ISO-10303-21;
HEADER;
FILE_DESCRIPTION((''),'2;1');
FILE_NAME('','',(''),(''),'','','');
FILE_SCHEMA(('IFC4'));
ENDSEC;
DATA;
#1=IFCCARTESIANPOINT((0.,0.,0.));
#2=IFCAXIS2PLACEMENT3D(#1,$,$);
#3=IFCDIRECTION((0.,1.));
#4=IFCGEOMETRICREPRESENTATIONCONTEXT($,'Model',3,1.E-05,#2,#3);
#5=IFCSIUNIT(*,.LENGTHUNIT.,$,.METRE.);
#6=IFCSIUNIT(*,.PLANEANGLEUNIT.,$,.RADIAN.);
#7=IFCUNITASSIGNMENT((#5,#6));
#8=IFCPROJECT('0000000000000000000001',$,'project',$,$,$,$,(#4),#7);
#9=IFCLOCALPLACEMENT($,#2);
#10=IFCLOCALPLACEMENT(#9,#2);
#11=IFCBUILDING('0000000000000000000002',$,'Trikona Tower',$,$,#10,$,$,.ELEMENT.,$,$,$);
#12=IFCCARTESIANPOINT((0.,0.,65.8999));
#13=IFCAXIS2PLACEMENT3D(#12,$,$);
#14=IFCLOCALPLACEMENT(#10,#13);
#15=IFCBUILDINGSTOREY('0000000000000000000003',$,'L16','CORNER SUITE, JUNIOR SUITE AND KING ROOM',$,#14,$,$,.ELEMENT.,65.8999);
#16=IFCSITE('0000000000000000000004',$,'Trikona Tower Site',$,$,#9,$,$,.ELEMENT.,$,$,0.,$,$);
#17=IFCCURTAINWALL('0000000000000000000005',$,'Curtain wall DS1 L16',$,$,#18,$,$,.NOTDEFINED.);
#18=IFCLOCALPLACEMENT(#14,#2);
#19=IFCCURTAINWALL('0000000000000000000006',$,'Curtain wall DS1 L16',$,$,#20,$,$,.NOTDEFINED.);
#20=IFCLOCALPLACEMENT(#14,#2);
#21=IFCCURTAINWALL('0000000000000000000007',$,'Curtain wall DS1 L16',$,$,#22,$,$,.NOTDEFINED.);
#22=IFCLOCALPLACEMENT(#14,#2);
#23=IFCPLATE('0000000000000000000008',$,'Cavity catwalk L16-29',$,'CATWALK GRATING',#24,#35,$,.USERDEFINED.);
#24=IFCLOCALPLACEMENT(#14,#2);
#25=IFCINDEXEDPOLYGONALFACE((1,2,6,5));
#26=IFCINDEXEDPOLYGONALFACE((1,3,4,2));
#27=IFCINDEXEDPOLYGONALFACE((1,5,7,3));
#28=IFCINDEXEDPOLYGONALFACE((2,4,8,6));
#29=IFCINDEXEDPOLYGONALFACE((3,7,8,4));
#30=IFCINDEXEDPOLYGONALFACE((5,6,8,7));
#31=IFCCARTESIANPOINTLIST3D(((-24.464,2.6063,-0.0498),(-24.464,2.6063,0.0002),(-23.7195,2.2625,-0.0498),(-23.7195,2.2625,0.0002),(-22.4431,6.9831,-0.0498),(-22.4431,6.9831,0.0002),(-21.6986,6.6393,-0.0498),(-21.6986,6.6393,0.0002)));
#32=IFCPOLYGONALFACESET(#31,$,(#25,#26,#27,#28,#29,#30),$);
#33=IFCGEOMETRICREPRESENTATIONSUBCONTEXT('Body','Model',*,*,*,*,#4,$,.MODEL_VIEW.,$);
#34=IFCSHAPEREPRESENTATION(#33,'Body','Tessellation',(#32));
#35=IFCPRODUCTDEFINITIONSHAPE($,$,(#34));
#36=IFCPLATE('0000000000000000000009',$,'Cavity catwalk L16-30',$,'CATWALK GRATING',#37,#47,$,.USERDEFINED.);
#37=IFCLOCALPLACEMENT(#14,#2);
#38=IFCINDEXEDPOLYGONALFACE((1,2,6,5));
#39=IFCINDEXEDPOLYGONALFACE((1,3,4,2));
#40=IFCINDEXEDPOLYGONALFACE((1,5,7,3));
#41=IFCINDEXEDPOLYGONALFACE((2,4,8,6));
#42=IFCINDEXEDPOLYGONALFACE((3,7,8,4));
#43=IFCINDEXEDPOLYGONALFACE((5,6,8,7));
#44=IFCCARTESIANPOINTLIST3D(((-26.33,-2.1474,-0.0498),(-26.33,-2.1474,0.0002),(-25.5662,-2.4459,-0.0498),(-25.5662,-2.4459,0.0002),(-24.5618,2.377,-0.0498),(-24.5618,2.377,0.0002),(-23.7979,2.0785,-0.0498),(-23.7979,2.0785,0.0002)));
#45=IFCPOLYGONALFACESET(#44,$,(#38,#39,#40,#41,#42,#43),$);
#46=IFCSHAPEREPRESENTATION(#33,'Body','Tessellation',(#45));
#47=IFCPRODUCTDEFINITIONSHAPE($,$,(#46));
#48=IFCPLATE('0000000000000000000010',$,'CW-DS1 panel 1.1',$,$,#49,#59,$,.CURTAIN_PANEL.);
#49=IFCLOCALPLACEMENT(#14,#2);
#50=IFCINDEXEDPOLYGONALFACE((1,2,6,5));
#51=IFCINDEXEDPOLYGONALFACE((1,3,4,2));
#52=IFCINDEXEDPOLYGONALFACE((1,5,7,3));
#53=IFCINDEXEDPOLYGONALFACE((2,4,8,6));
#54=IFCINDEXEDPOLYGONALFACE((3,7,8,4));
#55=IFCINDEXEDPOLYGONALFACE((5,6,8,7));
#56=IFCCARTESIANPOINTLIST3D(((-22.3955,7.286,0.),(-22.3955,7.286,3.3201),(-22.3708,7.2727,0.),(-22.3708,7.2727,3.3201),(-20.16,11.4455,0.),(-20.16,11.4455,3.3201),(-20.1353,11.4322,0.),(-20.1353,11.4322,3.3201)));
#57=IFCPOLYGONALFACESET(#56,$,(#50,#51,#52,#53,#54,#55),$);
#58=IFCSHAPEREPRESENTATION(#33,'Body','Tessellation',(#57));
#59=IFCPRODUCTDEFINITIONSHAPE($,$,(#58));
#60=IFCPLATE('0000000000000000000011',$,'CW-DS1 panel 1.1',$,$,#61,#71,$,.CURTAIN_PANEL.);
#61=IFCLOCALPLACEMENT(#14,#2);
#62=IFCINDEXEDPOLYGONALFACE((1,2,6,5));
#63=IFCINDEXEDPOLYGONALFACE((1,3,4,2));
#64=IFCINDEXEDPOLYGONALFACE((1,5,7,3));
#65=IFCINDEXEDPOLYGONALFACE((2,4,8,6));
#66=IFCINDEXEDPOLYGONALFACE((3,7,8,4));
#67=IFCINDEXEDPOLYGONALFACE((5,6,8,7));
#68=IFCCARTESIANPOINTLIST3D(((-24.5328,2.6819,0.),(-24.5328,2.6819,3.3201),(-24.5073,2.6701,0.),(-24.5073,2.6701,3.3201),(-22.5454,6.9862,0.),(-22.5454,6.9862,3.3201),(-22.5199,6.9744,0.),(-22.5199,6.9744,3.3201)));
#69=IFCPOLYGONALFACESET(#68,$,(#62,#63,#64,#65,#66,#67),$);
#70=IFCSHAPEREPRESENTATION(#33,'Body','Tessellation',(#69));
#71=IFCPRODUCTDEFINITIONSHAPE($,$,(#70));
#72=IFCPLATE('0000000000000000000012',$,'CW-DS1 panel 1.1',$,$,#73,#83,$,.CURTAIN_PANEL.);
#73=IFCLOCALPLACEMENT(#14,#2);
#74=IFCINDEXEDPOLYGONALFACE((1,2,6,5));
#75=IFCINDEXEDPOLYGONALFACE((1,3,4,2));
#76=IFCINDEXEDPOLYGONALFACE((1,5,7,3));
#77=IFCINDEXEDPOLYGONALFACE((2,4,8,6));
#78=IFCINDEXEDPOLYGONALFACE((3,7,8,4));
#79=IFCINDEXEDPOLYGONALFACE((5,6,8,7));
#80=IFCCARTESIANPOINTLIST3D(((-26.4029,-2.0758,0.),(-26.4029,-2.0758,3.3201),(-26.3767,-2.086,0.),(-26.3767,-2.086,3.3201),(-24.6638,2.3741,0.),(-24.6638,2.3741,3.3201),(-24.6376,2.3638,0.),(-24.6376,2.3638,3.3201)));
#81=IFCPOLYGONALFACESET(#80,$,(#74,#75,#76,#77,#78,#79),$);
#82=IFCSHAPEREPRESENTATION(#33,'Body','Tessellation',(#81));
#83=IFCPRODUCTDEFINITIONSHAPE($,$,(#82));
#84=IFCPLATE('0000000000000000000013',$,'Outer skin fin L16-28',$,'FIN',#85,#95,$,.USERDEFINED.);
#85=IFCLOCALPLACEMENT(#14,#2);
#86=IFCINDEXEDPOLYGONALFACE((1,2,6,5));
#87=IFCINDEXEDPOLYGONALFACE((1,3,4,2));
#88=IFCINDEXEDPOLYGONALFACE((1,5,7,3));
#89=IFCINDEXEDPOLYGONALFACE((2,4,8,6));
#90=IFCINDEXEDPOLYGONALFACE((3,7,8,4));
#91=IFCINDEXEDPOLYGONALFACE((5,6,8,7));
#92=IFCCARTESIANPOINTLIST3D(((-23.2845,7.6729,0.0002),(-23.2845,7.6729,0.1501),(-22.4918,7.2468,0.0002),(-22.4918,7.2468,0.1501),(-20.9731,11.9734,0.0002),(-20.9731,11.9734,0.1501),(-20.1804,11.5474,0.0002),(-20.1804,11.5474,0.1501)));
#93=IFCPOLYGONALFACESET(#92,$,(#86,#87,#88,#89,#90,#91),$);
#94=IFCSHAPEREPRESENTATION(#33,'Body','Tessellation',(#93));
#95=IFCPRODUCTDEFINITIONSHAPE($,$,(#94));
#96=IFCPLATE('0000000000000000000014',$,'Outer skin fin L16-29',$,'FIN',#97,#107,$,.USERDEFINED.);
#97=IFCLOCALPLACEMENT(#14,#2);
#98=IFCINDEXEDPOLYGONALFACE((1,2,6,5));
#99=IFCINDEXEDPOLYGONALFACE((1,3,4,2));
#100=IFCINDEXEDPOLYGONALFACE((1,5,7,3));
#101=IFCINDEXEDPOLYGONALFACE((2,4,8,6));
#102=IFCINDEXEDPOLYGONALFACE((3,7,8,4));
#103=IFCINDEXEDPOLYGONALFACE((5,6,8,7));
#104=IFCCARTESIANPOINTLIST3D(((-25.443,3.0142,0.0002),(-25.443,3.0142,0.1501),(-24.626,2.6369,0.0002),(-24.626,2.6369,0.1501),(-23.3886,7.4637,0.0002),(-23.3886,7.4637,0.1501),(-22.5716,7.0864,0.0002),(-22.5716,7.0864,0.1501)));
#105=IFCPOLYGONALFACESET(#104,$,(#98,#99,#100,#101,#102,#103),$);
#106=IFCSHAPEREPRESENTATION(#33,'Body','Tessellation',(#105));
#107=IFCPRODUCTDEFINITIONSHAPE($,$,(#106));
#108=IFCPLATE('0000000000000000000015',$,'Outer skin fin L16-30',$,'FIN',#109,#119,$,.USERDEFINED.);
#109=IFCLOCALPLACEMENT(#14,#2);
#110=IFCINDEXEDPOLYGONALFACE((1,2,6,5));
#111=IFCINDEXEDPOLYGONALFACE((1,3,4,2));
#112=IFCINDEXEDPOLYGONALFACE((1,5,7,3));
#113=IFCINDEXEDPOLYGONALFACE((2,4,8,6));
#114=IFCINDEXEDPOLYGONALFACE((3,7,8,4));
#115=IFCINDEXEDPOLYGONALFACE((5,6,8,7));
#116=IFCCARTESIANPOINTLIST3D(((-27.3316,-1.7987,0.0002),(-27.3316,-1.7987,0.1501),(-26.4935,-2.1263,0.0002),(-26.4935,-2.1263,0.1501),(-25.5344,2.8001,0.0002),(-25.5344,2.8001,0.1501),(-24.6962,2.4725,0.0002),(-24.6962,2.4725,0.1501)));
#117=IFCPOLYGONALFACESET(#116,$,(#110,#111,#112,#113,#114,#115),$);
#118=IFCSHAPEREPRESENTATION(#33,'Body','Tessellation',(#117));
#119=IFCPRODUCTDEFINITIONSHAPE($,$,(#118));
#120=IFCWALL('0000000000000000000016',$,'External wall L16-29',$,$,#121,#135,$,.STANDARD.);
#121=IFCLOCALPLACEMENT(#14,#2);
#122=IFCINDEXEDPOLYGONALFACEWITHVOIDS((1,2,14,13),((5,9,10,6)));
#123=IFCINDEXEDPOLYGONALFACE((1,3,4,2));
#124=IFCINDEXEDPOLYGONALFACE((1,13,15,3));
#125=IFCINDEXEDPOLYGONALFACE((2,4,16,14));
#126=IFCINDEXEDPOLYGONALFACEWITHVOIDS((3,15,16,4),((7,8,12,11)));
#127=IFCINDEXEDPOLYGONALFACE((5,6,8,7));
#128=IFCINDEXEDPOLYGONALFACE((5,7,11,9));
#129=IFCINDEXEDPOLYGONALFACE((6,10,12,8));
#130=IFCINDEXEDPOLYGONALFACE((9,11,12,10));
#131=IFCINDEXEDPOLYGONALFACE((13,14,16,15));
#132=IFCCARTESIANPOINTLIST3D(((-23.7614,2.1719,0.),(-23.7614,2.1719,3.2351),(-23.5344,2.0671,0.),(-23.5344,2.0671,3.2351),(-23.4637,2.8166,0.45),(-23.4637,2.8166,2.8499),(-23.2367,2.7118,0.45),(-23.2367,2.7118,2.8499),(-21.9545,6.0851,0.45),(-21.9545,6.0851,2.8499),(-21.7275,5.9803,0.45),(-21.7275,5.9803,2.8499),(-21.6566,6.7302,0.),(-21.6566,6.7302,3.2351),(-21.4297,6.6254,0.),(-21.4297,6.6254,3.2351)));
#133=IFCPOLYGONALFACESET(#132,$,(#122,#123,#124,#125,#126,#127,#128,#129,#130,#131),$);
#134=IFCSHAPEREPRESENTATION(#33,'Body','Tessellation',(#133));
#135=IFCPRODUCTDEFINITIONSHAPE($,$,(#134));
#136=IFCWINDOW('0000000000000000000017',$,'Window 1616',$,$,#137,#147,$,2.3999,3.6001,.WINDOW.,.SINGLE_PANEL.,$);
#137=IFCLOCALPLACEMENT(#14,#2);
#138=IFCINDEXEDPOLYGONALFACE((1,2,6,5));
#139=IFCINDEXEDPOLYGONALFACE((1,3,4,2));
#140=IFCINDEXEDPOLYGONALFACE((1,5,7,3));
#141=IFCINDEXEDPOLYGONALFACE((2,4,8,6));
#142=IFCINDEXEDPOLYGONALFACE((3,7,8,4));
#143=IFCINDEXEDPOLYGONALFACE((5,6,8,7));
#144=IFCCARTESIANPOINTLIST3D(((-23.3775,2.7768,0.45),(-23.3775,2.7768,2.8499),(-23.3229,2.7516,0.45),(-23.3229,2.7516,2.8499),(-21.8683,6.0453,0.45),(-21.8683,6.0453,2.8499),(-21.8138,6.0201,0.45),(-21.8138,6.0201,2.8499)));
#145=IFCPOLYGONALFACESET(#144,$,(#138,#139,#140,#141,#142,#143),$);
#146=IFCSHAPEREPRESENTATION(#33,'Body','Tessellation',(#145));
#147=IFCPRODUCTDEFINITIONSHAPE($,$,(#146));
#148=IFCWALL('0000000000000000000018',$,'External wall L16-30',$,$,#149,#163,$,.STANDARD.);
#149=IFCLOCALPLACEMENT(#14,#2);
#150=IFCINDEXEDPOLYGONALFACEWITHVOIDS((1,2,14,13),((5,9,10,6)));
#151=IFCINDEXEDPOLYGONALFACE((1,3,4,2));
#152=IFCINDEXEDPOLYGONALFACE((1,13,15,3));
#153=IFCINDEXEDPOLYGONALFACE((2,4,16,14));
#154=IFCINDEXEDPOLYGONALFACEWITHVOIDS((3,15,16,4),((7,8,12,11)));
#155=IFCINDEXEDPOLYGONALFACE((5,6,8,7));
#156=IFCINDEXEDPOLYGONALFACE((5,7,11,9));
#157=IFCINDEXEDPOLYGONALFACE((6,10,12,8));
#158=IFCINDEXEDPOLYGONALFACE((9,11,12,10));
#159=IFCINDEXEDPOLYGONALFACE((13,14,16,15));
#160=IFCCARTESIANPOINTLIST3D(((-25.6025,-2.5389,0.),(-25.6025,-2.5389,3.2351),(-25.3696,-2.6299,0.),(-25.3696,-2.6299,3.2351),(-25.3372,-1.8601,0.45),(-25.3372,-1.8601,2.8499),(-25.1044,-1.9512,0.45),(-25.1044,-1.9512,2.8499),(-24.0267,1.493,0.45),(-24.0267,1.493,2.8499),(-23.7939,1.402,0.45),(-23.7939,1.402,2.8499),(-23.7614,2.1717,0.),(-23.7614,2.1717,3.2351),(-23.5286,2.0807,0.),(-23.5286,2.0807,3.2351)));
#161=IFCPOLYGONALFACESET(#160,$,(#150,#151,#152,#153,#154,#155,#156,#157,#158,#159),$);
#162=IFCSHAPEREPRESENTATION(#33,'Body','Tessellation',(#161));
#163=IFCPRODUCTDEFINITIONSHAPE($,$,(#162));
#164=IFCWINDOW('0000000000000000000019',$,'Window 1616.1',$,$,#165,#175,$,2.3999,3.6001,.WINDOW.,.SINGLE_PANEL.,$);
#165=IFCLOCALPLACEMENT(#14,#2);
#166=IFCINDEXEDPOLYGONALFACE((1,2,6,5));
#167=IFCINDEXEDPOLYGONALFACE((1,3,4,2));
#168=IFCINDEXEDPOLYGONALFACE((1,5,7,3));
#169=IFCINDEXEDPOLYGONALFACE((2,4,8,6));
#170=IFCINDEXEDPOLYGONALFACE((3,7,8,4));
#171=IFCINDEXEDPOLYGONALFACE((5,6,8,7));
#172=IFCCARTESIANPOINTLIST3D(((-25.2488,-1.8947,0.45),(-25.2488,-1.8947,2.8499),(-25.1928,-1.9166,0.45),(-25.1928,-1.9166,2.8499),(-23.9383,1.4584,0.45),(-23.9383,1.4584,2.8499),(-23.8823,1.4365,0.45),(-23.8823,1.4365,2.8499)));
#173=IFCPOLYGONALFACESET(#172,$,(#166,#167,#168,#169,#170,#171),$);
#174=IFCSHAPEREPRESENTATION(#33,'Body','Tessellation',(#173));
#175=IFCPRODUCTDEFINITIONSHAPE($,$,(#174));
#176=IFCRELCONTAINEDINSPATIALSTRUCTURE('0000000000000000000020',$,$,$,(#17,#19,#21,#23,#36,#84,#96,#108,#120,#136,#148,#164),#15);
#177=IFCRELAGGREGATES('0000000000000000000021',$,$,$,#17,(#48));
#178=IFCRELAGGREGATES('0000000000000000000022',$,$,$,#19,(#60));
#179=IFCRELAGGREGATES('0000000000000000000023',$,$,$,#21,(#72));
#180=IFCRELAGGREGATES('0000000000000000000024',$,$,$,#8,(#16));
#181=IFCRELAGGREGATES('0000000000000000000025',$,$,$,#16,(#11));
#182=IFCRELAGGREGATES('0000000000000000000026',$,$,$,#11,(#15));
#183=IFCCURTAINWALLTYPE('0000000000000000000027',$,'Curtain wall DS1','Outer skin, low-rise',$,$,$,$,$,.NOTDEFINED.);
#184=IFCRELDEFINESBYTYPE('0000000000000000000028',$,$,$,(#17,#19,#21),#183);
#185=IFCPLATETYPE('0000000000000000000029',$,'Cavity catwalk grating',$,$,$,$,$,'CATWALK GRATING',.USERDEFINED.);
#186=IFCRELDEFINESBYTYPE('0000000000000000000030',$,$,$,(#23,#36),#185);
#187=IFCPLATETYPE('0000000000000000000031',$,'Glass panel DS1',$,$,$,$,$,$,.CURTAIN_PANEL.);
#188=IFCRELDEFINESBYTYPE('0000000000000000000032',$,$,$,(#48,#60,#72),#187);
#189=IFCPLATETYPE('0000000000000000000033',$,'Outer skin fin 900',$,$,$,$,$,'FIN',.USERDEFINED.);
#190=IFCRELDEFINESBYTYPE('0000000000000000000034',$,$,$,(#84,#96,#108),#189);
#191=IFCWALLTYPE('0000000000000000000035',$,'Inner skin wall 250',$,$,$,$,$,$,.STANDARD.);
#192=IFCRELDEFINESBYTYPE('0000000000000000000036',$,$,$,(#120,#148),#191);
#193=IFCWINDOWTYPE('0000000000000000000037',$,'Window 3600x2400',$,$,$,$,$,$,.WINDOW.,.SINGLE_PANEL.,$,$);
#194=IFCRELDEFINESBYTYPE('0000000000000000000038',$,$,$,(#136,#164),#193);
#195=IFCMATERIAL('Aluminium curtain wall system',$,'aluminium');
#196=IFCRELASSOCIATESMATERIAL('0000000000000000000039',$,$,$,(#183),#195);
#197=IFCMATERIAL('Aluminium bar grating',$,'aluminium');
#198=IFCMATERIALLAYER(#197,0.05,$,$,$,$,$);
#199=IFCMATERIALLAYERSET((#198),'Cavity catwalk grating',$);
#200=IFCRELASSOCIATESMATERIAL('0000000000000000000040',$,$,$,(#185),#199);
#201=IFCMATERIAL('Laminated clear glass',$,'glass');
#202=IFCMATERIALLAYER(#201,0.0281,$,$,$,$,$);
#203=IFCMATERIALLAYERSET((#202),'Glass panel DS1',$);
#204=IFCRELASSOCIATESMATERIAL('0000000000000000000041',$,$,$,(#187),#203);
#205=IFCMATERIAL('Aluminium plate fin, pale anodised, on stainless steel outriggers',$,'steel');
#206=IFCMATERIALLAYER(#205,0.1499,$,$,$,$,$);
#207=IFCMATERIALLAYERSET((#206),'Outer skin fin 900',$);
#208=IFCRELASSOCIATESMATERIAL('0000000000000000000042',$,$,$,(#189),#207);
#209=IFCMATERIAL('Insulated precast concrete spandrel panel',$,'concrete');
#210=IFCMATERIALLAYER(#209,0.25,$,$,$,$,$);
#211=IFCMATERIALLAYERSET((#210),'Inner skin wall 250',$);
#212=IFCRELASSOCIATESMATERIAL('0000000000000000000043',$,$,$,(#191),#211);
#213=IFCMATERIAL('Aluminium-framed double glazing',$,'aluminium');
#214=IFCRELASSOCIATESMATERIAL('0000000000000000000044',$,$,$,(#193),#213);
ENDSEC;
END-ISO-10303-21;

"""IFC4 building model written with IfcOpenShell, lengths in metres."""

from ifc_helpers import new_model, si_unit, direction, frame, frame_2d, origin, origin_2d, place, context, subcontext, project, spatial, rectangle, extrude, material, layer, layer_set, type_object, element, fill, aggregate, save


model = new_model("IFC4")

# Units and contexts
model_context = context("Model", 3, precision=1e-05, world=origin(), true_north=direction((0.0, 1.0)))
body_context = subcontext(model_context, "Body", "Model", "MODEL_VIEW")
ifc_project = project(units=[si_unit("LENGTHUNIT", "METRE"), si_unit("PLANEANGLEUNIT", "RADIAN")], contexts=[model_context])

# Site, building, storey
site_placement = place(None, origin())
site = spatial("IfcSite", under=ifc_project, at=site_placement, Name="Trikona Tower Site", CompositionType="ELEMENT", RefElevation=0.0)
building_placement = place(site_placement, origin())
building = spatial("IfcBuilding", under=site, at=building_placement, Name="Trikona Tower", CompositionType="ELEMENT")
storey_placement = place(building_placement, frame((0.0, 0.0, 65.8999)))
storey = spatial("IfcBuildingStorey", under=building, at=storey_placement, Name="L16", Description="CORNER SUITE, JUNIOR SUITE AND KING ROOM", CompositionType="ELEMENT", Elevation=65.8999)

# Curtain walls
ifc_material_1 = material(Name="Aluminium curtain wall system", Category="aluminium")
curtain_wall_type = type_object("IfcCurtainWallType", Name="Curtain wall DS1", Description="Outer skin, low-rise", PredefinedType="NOTDEFINED", material=ifc_material_1)
curtain_wall_1_placement = place(storey_placement, origin())
curtain_wall_1 = element("IfcCurtainWall", 1, at=curtain_wall_1_placement, inside=storey, type_object=curtain_wall_type, Name="Curtain wall DS1 L16", PredefinedType="NOTDEFINED")
curtain_wall_2_placement = place(storey_placement, origin())
curtain_wall_2 = element("IfcCurtainWall", 2, at=curtain_wall_2_placement, inside=storey, type_object=curtain_wall_type, Name="Curtain wall DS1 L16", PredefinedType="NOTDEFINED")
curtain_wall_3_placement = place(storey_placement, origin())
curtain_wall_3 = element("IfcCurtainWall", 3, at=curtain_wall_3_placement, inside=storey, type_object=curtain_wall_type, Name="Curtain wall DS1 L16", PredefinedType="NOTDEFINED")

# Plates
ifc_material_2 = material(Name="Aluminium bar grating", Category="aluminium")
ifc_layer_1 = layer(ifc_material_2, 0.05)
ifc_layer_set_1 = layer_set([ifc_layer_1], Name="Cavity catwalk grating")
plate_type_1 = type_object("IfcPlateType", Name="Cavity catwalk grating", ElementType="CATWALK GRATING", PredefinedType="USERDEFINED", material=ifc_layer_set_1)
plate_1_placement = place(storey_placement, frame((-23.0813, 4.6228, -0.0498), z_axis=(0.0, 0.0, 1.0), x_axis=(-0.419194, -0.907897, 0.0)))
element("IfcPlate", 4, at=plate_1_placement, inside=storey, type_object=plate_type_1, Name="Cavity catwalk L16-29", ObjectType="CATWALK GRATING", PredefinedType="USERDEFINED", context=body_context, shape_type="SweptSolid", body=[
    extrude(rectangle(XDim=4.8208, YDim=0.8201, at=origin_2d()), origin(), (0.0, 0.0, 1.0), 0.05),
])
plate_2_placement = place(storey_placement, frame((-25.064, -0.0344, -0.0498), z_axis=(0.0, 0.0, 1.0), x_axis=(-0.364009, -0.931395, 0.0)))
element("IfcPlate", 5, at=plate_2_placement, inside=storey, type_object=plate_type_1, Name="Cavity catwalk L16-30", ObjectType="CATWALK GRATING", PredefinedType="USERDEFINED", context=body_context, shape_type="SweptSolid", body=[
    extrude(rectangle(XDim=4.8577, YDim=0.8201, at=origin_2d()), origin(), (0.0, 0.0, 1.0), 0.05),
])

# Plates
ifc_material_3 = material(Name="Laminated clear glass", Category="glass")
ifc_layer_2 = layer(ifc_material_3, 0.0281)
ifc_layer_set_2 = layer_set([ifc_layer_2], Name="Glass panel DS1")
plate_type_2 = type_object("IfcPlateType", Name="Glass panel DS1", PredefinedType="CURTAIN_PANEL", material=ifc_layer_set_2)
plate_3_placement = place(storey_placement, frame((-21.2654, 9.3591, 0.0), z_axis=(0.0, 0.0, 1.0), x_axis=(-0.473408, -0.880843, 0.0)))
plate_3 = element("IfcPlate", 6, at=plate_3_placement, type_object=plate_type_2, Name="CW-DS1 panel 1.1", PredefinedType="CURTAIN_PANEL", context=body_context, shape_type="SweptSolid", body=[
    extrude(rectangle(XDim=4.7222, YDim=0.0281, at=origin_2d()), origin(), (0.0, 0.0, 1.0), 3.3201),
])
aggregate(curtain_wall_1, [plate_3])
plate_4_placement = place(storey_placement, frame((-23.5264, 4.8281, 0.0), z_axis=(0.0, 0.0, 1.0), x_axis=(-0.41919, -0.907898, 0.0)))
plate_4 = element("IfcPlate", 7, at=plate_4_placement, type_object=plate_type_2, Name="CW-DS1 panel 1.1", PredefinedType="CURTAIN_PANEL", context=body_context, shape_type="SweptSolid", body=[
    extrude(rectangle(XDim=4.741, YDim=0.0281, at=origin_2d()), origin(), (0.0, 0.0, 1.0), 3.3201),
])
aggregate(curtain_wall_2, [plate_4])
plate_5_placement = place(storey_placement, frame((-25.5203, 0.144, 0.0), z_axis=(0.0, 0.0, 1.0), x_axis=(-0.364008, -0.931396, 0.0)))
plate_5 = element("IfcPlate", 8, at=plate_5_placement, type_object=plate_type_2, Name="CW-DS1 panel 1.1", PredefinedType="CURTAIN_PANEL", context=body_context, shape_type="SweptSolid", body=[
    extrude(rectangle(XDim=4.7776, YDim=0.0281, at=origin_2d()), origin(), (0.0, 0.0, 1.0), 3.3201),
])
aggregate(curtain_wall_3, [plate_5])

# Plates
ifc_material_4 = material(Name="Aluminium plate fin, pale anodised, on stainless steel outriggers", Category="steel")
ifc_layer_3 = layer(ifc_material_4, 0.1499)
ifc_layer_set_3 = layer_set([ifc_layer_3], Name="Outer skin fin 900")
plate_type_3 = type_object("IfcPlateType", Name="Outer skin fin 900", ElementType="FIN", PredefinedType="USERDEFINED", material=ifc_layer_set_3)
plate_6_placement = place(storey_placement, frame((-21.7324, 9.6101, 0.0002), z_axis=(0.0, 0.0, 1.0), x_axis=(-0.473423, -0.880835, 0.0)))
element("IfcPlate", 9, at=plate_6_placement, inside=storey, type_object=plate_type_3, Name="Outer skin fin L16-28", ObjectType="FIN", PredefinedType="USERDEFINED", context=body_context, shape_type="SweptSolid", body=[
    extrude(rectangle(XDim=4.8823, YDim=0.8999, at=origin_2d()), origin(), (0.0, 0.0, 1.0), 0.1499),
])
plate_7_placement = place(storey_placement, frame((-24.0073, 5.0503, 0.0002), z_axis=(0.0, 0.0, 1.0), x_axis=(-0.419194, -0.907897, 0.0)))
element("IfcPlate", 10, at=plate_7_placement, inside=storey, type_object=plate_type_3, Name="Outer skin fin L16-29", ObjectType="FIN", PredefinedType="USERDEFINED", context=body_context, shape_type="SweptSolid", body=[
    extrude(rectangle(XDim=4.9009, YDim=0.8999, at=origin_2d()), origin(), (0.0, 0.0, 1.0), 0.1499),
])
plate_8_placement = place(storey_placement, frame((-26.0139, 0.3369, 0.0002), z_axis=(0.0, 0.0, 1.0), x_axis=(-0.364009, -0.931395, 0.0)))
element("IfcPlate", 11, at=plate_8_placement, inside=storey, type_object=plate_type_3, Name="Outer skin fin L16-30", ObjectType="FIN", PredefinedType="USERDEFINED", context=body_context, shape_type="SweptSolid", body=[
    extrude(rectangle(XDim=4.9375, YDim=0.8999, at=origin_2d()), origin(), (0.0, 0.0, 1.0), 0.1499),
])

# Walls, openings, windows
ifc_material_5 = material(Name="Insulated precast concrete spandrel panel", Category="concrete")
ifc_layer_4 = layer(ifc_material_5, 0.25)
ifc_layer_set_4 = layer_set([ifc_layer_4], Name="Inner skin wall 250")
wall_type = type_object("IfcWallType", Name="Inner skin wall 250", PredefinedType="STANDARD", material=ifc_layer_set_4)
wall_1_placement = place(storey_placement, frame((-21.5432, 6.6777, 0.0), z_axis=(0.0, 0.0, 1.0), x_axis=(-0.419203, -0.907892, 0.0)))
wall_1 = element("IfcWall", 12, at=wall_1_placement, inside=storey, type_object=wall_type, Name="External wall L16-29", PredefinedType="STANDARD", context=body_context, shape_type="SweptSolid", body=[
    extrude(rectangle(XDim=5.0208, YDim=0.25, at=frame_2d((2.5103, 0.0))), origin(), (0.0, 0.0, 1.0), 3.2351),
])
opening_1_placement = place(wall_1_placement, frame((0.7104, 0.0, 0.45)))
opening_1 = element("IfcOpeningElement", 13, at=opening_1_placement, cuts=wall_1, PredefinedType="OPENING", context=body_context, shape_type="SweptSolid", body=[
    extrude(rectangle(XDim=3.6001, YDim=2.3999, at=frame_2d((1.8, 1.2))), frame((0.0, 0.135, 0.0), z_axis=(0.0, -1.0, 0.0), x_axis=(1.0, 0.0, 0.0)), (0.0, 0.0, 1.0), 0.27),
])
ifc_material_6 = material(Name="Aluminium-framed double glazing", Category="aluminium")
window_type = type_object("IfcWindowType", Name="Window 3600x2400", PartitioningType="SINGLE_PANEL", PredefinedType="WINDOW", material=ifc_material_6)
window_1_placement = place(opening_1_placement, origin())
window_1 = element("IfcWindow", 14, at=window_1_placement, inside=storey, type_object=window_type, Name="Window 1616", OverallHeight=2.3999, OverallWidth=3.6001, PartitioningType="SINGLE_PANEL", PredefinedType="WINDOW", context=body_context, shape_type="SweptSolid", body=[
    extrude(rectangle(XDim=3.6001, YDim=2.3999, at=frame_2d((1.8, 1.2))), frame((0.0, 0.03, 0.0), z_axis=(0.0, -1.0, 0.0), x_axis=(1.0, 0.0, 0.0)), (0.0, 0.0, 1.0), 0.0601),
])
fill(opening_1, window_1)
wall_2_placement = place(storey_placement, frame((-23.645, 2.1262, 0.0), z_axis=(0.0, 0.0, 1.0), x_axis=(-0.364013, -0.931394, 0.0)))
wall_2 = element("IfcWall", 15, at=wall_2_placement, inside=storey, type_object=wall_type, Name="External wall L16-30", PredefinedType="STANDARD", context=body_context, shape_type="SweptSolid", body=[
    extrude(rectangle(XDim=5.0576, YDim=0.25, at=frame_2d((2.5288, 0.0))), origin(), (0.0, 0.0, 1.0), 3.2351),
])
opening_2_placement = place(wall_2_placement, frame((0.7288, 0.0, 0.45)))
opening_2 = element("IfcOpeningElement", 16, at=opening_2_placement, cuts=wall_2, PredefinedType="OPENING", context=body_context, shape_type="SweptSolid", body=[
    extrude(rectangle(XDim=3.6001, YDim=2.3999, at=frame_2d((1.8, 1.2))), frame((0.0, 0.135, 0.0), z_axis=(0.0, -1.0, 0.0), x_axis=(1.0, 0.0, 0.0)), (0.0, 0.0, 1.0), 0.27),
])
window_2_placement = place(opening_2_placement, origin())
window_2 = element("IfcWindow", 17, at=window_2_placement, inside=storey, type_object=window_type, Name="Window 1616.1", OverallHeight=2.3999, OverallWidth=3.6001, PartitioningType="SINGLE_PANEL", PredefinedType="WINDOW", context=body_context, shape_type="SweptSolid", body=[
    extrude(rectangle(XDim=3.6001, YDim=2.3999, at=frame_2d((1.8, 1.2))), frame((0.0, 0.03, 0.0), z_axis=(0.0, -1.0, 0.0), x_axis=(1.0, 0.0, 0.0)), (0.0, 0.0, 1.0), 0.0601),
])
fill(opening_2, window_2)

save(model, "model.ifc")
